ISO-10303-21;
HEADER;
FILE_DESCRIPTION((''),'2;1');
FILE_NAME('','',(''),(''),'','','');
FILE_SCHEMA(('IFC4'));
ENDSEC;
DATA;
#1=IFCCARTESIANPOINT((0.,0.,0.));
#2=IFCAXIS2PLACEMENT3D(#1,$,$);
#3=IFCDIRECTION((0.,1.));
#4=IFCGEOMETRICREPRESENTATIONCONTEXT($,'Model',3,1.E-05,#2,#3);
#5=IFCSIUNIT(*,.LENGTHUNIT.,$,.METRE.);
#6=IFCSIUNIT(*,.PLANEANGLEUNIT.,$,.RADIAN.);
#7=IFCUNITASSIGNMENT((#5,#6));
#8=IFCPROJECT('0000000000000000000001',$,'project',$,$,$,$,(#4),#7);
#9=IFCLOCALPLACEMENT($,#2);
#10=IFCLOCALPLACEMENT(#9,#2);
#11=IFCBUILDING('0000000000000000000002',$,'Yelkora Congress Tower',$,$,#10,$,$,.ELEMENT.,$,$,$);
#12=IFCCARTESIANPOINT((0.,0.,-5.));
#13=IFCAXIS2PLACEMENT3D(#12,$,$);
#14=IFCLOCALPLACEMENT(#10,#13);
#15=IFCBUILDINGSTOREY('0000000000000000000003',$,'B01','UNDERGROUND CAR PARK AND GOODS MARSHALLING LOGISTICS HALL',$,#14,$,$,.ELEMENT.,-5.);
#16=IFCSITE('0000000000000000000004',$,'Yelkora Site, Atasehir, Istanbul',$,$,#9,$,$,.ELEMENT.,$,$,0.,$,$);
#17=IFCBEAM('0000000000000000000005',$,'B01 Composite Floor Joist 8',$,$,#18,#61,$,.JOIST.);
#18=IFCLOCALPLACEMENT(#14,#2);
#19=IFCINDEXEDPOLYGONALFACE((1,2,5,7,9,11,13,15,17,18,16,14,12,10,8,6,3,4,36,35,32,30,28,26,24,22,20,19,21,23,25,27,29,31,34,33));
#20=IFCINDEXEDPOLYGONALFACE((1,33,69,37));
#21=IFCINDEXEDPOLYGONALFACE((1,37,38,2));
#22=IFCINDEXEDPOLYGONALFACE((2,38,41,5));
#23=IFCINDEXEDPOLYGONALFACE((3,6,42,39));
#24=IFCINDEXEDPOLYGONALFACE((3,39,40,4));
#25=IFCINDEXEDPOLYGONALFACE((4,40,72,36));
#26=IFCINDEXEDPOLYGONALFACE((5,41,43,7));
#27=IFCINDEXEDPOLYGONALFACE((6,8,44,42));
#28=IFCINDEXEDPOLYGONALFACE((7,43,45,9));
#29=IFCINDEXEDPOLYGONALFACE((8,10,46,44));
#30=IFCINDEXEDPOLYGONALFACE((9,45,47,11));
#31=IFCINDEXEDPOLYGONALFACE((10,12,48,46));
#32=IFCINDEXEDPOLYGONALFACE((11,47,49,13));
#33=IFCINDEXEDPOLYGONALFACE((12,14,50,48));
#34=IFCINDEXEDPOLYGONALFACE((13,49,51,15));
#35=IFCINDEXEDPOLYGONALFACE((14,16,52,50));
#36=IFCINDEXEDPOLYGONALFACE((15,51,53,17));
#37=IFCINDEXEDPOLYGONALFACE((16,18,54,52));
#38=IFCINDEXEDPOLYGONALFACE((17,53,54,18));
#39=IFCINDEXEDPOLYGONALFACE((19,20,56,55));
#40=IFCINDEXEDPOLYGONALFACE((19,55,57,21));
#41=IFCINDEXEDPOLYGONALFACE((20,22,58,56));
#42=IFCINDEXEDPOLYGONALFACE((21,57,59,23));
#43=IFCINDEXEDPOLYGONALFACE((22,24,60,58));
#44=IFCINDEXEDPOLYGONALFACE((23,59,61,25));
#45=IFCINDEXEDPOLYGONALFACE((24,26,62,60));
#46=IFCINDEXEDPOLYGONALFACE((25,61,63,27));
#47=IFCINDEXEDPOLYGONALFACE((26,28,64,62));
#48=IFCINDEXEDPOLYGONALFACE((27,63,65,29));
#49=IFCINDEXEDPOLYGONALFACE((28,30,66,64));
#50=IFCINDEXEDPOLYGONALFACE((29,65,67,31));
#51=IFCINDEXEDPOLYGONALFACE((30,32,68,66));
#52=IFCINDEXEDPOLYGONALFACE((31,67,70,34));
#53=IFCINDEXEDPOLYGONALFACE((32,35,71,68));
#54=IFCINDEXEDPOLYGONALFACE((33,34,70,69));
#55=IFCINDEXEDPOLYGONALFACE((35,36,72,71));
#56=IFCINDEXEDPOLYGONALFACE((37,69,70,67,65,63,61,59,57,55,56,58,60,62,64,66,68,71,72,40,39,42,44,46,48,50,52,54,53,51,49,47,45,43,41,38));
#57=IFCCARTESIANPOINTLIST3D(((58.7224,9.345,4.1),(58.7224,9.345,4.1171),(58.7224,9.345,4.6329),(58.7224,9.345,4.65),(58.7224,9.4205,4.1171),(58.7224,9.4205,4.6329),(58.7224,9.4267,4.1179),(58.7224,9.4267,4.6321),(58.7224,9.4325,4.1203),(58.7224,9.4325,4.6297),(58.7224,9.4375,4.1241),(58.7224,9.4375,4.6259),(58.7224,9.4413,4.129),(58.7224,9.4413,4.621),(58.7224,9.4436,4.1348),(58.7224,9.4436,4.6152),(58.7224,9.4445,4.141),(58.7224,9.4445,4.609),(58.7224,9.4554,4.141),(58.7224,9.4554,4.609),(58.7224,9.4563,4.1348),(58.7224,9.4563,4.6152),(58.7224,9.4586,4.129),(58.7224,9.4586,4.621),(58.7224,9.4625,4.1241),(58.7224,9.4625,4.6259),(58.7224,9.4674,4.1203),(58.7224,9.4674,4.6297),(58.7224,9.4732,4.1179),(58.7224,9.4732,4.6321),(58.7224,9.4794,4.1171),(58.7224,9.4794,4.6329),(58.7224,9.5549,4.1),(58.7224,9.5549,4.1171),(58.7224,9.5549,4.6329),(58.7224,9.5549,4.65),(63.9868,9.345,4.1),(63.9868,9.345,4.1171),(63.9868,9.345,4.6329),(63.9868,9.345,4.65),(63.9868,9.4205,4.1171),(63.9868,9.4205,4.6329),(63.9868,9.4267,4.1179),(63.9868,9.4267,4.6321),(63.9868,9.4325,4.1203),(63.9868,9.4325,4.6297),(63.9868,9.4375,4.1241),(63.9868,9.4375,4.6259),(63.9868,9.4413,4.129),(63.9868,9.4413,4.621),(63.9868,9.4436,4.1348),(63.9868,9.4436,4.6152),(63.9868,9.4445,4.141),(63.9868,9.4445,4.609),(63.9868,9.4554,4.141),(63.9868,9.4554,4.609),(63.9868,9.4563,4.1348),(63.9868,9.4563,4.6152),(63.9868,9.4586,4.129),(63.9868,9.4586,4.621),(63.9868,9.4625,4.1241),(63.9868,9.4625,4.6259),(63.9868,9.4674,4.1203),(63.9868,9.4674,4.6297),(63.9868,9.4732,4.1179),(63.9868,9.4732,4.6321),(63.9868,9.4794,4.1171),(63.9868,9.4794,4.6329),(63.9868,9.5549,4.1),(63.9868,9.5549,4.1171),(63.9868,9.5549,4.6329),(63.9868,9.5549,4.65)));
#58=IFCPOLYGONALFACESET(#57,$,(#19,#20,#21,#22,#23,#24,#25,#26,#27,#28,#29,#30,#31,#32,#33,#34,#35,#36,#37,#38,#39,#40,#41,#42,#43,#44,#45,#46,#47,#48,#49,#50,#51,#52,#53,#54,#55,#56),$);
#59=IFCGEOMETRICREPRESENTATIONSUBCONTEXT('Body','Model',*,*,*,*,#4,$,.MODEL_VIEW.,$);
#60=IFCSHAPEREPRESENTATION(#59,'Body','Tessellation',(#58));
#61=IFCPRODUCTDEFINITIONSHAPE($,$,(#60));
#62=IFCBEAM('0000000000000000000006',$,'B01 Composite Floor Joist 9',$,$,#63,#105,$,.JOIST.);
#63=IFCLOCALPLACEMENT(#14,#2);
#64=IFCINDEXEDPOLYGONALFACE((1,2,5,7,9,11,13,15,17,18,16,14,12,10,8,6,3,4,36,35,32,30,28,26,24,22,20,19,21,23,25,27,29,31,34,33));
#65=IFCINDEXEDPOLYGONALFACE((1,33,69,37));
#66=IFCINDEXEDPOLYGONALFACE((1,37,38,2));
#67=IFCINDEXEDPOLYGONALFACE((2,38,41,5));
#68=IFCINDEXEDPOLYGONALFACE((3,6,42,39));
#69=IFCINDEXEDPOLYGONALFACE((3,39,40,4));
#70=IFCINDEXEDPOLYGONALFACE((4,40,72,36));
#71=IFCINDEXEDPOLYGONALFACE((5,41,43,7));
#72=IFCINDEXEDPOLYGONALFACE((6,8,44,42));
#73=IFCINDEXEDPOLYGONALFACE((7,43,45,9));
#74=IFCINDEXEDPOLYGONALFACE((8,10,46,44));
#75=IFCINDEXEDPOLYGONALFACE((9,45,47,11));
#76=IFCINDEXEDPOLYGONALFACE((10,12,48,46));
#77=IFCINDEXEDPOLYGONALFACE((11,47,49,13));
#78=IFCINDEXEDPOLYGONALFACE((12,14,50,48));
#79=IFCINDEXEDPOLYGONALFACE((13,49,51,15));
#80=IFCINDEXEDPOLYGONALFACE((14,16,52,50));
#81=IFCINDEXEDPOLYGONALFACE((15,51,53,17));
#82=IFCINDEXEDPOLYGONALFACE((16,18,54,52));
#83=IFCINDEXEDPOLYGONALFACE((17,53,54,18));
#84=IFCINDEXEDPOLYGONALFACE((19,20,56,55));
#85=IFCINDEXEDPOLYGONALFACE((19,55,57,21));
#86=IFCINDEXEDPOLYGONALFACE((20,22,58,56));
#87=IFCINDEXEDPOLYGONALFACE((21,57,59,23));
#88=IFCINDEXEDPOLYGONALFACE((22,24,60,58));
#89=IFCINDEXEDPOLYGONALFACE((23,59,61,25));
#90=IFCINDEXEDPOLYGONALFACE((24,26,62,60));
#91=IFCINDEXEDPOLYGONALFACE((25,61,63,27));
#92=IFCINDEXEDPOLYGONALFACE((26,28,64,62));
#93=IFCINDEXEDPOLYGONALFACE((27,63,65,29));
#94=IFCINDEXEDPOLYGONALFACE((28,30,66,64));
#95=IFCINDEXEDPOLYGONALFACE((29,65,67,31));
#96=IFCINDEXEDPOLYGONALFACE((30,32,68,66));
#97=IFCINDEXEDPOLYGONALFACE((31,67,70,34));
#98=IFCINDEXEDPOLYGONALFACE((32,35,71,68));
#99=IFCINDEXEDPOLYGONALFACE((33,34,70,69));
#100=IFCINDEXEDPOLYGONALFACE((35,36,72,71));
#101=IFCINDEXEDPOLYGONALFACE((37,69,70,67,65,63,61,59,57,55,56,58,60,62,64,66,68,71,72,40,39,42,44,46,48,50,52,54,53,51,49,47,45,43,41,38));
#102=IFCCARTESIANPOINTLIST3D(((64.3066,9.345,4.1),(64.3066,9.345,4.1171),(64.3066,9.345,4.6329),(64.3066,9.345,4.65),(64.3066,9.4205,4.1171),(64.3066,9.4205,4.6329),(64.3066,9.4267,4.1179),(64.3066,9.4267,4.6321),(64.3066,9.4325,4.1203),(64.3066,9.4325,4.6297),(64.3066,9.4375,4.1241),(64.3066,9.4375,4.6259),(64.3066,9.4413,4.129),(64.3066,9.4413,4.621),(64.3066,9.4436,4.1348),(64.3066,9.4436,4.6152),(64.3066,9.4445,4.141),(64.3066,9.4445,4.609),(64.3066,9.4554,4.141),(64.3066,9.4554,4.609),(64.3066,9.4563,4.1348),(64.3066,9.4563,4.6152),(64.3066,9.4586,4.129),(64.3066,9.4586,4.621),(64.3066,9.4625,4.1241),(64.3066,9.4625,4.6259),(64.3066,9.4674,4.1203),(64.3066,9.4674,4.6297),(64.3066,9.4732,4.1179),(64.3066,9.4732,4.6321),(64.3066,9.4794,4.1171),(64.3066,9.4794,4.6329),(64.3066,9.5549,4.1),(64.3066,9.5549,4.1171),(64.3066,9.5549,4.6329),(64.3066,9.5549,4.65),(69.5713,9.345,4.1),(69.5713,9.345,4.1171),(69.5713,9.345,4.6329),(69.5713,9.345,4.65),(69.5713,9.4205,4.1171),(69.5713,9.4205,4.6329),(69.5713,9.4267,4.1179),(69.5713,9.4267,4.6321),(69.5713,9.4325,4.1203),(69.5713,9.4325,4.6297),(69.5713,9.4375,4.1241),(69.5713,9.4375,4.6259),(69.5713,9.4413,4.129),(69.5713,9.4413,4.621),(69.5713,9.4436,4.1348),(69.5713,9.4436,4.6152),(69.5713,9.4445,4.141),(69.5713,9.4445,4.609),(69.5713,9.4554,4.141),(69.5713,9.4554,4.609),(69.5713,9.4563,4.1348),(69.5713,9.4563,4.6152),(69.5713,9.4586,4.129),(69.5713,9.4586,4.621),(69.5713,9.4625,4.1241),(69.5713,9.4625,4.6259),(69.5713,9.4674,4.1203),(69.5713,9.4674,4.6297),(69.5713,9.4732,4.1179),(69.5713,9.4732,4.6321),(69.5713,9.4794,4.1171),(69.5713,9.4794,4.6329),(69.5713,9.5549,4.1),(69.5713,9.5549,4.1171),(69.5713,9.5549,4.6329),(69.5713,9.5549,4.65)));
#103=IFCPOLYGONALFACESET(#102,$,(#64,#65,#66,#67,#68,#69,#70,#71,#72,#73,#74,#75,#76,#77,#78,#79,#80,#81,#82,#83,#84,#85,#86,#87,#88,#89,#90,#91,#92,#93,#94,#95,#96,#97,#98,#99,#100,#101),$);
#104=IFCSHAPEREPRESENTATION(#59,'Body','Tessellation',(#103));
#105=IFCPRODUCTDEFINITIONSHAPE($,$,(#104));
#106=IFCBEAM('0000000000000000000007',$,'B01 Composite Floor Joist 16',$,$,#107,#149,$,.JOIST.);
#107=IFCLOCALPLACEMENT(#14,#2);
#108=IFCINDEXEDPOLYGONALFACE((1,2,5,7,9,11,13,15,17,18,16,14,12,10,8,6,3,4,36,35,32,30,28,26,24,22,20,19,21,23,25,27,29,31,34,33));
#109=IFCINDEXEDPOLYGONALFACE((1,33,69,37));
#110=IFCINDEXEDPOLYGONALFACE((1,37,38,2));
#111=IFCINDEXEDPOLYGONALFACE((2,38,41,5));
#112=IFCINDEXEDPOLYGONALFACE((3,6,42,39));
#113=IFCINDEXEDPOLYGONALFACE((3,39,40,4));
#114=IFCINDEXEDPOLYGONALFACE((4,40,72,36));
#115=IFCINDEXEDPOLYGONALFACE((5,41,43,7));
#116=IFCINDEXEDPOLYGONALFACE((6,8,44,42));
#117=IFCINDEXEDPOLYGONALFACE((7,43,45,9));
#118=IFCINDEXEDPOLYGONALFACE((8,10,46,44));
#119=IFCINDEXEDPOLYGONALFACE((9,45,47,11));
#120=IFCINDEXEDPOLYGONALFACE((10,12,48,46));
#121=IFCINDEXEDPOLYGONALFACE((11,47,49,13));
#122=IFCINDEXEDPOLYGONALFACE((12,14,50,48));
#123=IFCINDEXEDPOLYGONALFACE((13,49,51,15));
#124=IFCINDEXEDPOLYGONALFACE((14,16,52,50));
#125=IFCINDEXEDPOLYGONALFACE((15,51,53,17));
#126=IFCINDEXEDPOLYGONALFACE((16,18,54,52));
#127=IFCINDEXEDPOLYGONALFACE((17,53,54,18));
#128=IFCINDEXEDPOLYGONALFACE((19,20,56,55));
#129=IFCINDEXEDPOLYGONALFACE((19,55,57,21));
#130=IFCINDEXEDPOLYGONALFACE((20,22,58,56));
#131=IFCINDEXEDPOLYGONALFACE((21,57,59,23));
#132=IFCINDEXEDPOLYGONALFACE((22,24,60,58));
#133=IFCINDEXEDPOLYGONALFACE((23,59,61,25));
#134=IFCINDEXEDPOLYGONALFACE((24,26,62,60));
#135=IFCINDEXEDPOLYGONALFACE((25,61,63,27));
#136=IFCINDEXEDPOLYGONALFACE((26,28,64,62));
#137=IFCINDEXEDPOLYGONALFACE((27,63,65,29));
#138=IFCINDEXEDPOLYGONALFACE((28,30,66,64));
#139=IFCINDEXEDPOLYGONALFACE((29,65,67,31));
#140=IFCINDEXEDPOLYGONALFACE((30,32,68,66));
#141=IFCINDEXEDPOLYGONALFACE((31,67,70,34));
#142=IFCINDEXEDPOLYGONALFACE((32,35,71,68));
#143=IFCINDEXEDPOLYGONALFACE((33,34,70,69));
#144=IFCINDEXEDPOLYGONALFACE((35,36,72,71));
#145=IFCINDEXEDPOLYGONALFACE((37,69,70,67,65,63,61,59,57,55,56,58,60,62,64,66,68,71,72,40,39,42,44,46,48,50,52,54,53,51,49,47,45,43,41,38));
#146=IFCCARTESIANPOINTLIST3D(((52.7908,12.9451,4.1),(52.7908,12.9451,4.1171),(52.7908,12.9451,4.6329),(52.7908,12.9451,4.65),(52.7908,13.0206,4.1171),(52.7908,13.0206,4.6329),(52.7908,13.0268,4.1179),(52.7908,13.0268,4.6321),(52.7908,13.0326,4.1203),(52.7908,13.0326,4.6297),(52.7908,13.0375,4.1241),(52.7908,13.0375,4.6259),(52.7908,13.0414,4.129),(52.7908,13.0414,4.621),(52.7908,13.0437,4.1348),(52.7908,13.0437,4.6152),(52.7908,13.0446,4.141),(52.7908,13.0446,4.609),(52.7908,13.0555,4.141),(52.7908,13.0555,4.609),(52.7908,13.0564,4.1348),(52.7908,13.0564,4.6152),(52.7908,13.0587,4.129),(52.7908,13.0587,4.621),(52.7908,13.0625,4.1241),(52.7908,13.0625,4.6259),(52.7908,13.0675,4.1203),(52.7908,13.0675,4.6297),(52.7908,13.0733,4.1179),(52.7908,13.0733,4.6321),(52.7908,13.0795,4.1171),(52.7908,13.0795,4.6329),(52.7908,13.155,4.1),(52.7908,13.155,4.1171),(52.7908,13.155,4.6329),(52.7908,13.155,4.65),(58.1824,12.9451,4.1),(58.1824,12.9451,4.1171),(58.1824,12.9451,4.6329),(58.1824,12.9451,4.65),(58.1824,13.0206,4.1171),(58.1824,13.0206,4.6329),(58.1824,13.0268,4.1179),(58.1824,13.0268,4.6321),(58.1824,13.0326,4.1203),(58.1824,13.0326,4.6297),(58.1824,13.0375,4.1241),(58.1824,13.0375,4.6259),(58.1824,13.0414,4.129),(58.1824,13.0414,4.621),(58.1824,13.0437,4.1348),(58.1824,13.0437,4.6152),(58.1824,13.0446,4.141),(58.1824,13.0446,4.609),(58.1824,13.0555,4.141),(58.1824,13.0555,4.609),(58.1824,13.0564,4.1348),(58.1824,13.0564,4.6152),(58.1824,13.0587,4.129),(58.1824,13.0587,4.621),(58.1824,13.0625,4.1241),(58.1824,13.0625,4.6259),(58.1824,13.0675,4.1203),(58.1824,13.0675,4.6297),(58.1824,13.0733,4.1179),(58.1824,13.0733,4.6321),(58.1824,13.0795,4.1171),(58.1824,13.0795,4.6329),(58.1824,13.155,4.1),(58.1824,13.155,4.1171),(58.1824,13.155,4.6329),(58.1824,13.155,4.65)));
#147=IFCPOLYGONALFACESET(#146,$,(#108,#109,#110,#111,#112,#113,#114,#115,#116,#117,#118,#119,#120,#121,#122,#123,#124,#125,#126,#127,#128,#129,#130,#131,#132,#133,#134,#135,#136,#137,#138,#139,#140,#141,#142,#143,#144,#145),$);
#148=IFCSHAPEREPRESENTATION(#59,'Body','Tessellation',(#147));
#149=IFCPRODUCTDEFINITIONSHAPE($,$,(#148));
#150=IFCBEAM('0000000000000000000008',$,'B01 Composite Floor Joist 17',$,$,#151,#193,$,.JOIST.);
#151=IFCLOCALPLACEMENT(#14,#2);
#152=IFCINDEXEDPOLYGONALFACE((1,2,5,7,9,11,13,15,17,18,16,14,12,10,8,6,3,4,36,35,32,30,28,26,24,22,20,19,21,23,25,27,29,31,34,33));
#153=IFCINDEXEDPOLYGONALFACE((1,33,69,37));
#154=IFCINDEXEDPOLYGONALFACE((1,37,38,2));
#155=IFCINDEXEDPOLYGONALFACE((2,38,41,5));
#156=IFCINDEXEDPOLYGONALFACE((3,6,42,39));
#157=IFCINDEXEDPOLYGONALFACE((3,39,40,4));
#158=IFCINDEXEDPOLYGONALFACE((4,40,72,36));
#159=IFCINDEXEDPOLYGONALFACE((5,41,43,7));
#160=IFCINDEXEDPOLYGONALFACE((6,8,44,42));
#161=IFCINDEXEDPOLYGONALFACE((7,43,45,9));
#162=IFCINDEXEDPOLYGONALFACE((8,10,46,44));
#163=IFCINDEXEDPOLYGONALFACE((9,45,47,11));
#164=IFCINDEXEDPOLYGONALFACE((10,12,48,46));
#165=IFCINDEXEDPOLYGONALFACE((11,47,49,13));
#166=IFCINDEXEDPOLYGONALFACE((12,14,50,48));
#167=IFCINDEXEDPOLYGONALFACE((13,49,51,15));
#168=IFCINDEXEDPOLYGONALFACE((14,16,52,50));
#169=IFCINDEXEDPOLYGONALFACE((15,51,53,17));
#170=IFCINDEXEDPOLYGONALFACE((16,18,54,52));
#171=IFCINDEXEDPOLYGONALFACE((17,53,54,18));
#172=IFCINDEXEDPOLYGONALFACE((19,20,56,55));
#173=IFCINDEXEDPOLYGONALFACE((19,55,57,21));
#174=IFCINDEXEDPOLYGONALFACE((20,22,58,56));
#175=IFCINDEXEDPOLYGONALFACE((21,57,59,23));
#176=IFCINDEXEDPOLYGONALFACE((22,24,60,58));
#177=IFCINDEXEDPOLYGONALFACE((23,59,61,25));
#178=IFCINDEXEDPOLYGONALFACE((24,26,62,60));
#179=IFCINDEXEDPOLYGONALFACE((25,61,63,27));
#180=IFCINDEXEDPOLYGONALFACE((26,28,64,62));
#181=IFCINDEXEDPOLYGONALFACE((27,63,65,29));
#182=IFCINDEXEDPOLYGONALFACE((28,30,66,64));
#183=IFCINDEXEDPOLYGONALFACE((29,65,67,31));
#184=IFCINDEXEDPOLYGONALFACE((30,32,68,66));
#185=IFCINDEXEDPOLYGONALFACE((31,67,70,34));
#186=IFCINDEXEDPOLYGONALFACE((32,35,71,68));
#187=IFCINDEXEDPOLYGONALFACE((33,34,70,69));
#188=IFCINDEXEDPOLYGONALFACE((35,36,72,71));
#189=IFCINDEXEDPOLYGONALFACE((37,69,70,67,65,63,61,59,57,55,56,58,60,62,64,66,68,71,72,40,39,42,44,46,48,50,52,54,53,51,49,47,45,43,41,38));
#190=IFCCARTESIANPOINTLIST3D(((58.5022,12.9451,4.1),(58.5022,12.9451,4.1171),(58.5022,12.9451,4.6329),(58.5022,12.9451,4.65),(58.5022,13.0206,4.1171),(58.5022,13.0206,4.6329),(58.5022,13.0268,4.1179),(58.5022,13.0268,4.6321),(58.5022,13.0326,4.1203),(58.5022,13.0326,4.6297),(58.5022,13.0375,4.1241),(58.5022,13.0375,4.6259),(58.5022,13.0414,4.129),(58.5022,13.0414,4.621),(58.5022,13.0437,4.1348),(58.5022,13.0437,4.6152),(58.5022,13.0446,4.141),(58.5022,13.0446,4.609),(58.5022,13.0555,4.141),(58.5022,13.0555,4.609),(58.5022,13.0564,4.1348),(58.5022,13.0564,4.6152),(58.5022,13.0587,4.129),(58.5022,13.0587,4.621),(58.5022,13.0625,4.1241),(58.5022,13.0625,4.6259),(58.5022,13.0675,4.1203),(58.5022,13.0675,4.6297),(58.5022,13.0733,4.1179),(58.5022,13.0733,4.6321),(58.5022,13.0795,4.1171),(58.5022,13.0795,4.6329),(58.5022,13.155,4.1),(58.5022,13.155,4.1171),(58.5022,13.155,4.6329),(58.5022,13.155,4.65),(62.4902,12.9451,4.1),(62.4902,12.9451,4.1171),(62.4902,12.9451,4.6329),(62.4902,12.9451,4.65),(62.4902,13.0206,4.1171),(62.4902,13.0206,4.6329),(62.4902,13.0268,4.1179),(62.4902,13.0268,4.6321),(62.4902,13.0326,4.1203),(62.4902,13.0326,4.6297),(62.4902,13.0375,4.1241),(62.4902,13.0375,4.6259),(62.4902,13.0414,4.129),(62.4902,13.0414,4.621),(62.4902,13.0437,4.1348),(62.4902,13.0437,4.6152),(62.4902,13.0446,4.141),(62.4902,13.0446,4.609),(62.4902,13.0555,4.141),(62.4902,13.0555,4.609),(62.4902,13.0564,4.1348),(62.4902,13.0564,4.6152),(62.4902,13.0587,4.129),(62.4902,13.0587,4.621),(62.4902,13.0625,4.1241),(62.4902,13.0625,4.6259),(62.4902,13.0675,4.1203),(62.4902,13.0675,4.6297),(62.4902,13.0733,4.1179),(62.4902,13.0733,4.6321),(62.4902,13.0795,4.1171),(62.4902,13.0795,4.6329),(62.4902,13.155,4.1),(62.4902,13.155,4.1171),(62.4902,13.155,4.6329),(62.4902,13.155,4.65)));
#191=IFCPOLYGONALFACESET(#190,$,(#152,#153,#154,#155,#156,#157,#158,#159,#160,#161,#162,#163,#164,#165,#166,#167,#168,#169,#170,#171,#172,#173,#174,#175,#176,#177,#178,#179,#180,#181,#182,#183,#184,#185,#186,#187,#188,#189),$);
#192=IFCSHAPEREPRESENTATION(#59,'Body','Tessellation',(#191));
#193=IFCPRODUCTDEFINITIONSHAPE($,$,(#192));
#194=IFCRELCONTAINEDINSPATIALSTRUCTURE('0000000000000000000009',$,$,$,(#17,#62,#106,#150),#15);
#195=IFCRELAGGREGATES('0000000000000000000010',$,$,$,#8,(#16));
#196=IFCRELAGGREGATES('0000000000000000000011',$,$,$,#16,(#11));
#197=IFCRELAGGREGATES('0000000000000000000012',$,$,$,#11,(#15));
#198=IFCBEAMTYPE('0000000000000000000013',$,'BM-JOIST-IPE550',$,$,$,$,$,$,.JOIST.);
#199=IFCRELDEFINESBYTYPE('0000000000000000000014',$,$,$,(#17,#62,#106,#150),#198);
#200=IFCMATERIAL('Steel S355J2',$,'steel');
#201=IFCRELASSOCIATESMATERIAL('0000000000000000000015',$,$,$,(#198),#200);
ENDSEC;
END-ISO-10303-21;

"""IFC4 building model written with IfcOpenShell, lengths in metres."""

from ifc_helpers import new_model, si_unit, direction, frame, origin, origin_2d, place, context, subcontext, project, spatial, i_section, extrude, material, material_profile, profile_set, type_object, element, save


model = new_model("IFC4")

# Units and contexts
model_context = context("Model", 3, precision=1e-05, world=origin(), true_north=direction((0.0, 1.0)))
body_context = subcontext(model_context, "Body", "Model", "MODEL_VIEW")
ifc_project = project(units=[si_unit("LENGTHUNIT", "METRE"), si_unit("PLANEANGLEUNIT", "RADIAN")], contexts=[model_context])

# Site, building, storey
site_placement = place(None, origin())
site = spatial("IfcSite", under=ifc_project, at=site_placement, Name="Yelkora Site, Atasehir, Istanbul", CompositionType="ELEMENT", RefElevation=0.0)
building_placement = place(site_placement, origin())
building = spatial("IfcBuilding", under=site, at=building_placement, Name="Yelkora Congress Tower", CompositionType="ELEMENT")
storey_placement = place(building_placement, frame((0.0, 0.0, -5.0)))
storey = spatial("IfcBuildingStorey", under=building, at=storey_placement, Name="B01", Description="UNDERGROUND CAR PARK AND GOODS MARSHALLING LOGISTICS HALL", CompositionType="ELEMENT", Elevation=-5.0)

# Beams
ifc_material_1 = material(Name="Steel S355J2", Category="steel")
ifc_material_profile_1 = material_profile(ifc_material_1, i_section(OverallWidth=0.21, OverallDepth=0.55, WebThickness=0.011, FlangeThickness=0.0171, FilletRadius=0.0239, at=origin_2d()), Name="IPE 550")
ifc_profile_set_1 = profile_set([ifc_material_profile_1], Name="Steel S355J2")
beam_type_1 = type_object("IfcBeamType", Name="BM-JOIST-IPE550", PredefinedType="JOIST", material=ifc_profile_set_1)
beam_1_placement = place(storey_placement, frame((58.7224, 9.45, 4.375), z_axis=(1.0, 0.0, 0.0), x_axis=(0.0, 1.0, 0.0)))
element("IfcBeam", 1, at=beam_1_placement, inside=storey, type_object=beam_type_1, Name="B01 Composite Floor Joist 8", PredefinedType="JOIST", context=body_context, shape_type="SweptSolid", body=[
    extrude(i_section(OverallWidth=0.21, OverallDepth=0.55, WebThickness=0.011, FlangeThickness=0.0171, FilletRadius=0.0239, at=origin_2d()), origin(), (0.0, 0.0, 1.0), 5.2644),
])
beam_2_placement = place(storey_placement, frame((64.3066, 9.45, 4.375), z_axis=(1.0, 0.0, 0.0), x_axis=(0.0, 1.0, 0.0)))
element("IfcBeam", 2, at=beam_2_placement, inside=storey, type_object=beam_type_1, Name="B01 Composite Floor Joist 9", PredefinedType="JOIST", context=body_context, shape_type="SweptSolid", body=[
    extrude(i_section(OverallWidth=0.21, OverallDepth=0.55, WebThickness=0.011, FlangeThickness=0.0171, FilletRadius=0.0239, at=origin_2d()), origin(), (0.0, 0.0, 1.0), 5.2646),
])
beam_3_placement = place(storey_placement, frame((52.7908, 13.05, 4.375), z_axis=(1.0, 0.0, 0.0), x_axis=(0.0, 1.0, 0.0)))
element("IfcBeam", 3, at=beam_3_placement, inside=storey, type_object=beam_type_1, Name="B01 Composite Floor Joist 16", PredefinedType="JOIST", context=body_context, shape_type="SweptSolid", body=[
    extrude(i_section(OverallWidth=0.21, OverallDepth=0.55, WebThickness=0.011, FlangeThickness=0.0171, FilletRadius=0.0239, at=origin_2d()), origin(), (0.0, 0.0, 1.0), 5.3916),
])
for number, where, z_axis, x_axis, name in (
    (4, (58.5022, 13.05, 4.375), (1.0, 0.0, 0.0), (0.0, 1.0, 0.0), "B01 Composite Floor Joist 17"),
):
    element("IfcBeam", number, at=place(storey_placement, frame(where, z_axis=z_axis, x_axis=x_axis)), inside=storey, type_object=beam_type_1, Name=name, PredefinedType="JOIST", context=body_context, shape_type="SweptSolid", body=[
        extrude(i_section(OverallWidth=0.21, OverallDepth=0.55, WebThickness=0.011, FlangeThickness=0.0171, FilletRadius=0.0239, at=origin_2d()), origin(), (0.0, 0.0, 1.0), 3.988),
    ])

save(model, "model.ifc")
